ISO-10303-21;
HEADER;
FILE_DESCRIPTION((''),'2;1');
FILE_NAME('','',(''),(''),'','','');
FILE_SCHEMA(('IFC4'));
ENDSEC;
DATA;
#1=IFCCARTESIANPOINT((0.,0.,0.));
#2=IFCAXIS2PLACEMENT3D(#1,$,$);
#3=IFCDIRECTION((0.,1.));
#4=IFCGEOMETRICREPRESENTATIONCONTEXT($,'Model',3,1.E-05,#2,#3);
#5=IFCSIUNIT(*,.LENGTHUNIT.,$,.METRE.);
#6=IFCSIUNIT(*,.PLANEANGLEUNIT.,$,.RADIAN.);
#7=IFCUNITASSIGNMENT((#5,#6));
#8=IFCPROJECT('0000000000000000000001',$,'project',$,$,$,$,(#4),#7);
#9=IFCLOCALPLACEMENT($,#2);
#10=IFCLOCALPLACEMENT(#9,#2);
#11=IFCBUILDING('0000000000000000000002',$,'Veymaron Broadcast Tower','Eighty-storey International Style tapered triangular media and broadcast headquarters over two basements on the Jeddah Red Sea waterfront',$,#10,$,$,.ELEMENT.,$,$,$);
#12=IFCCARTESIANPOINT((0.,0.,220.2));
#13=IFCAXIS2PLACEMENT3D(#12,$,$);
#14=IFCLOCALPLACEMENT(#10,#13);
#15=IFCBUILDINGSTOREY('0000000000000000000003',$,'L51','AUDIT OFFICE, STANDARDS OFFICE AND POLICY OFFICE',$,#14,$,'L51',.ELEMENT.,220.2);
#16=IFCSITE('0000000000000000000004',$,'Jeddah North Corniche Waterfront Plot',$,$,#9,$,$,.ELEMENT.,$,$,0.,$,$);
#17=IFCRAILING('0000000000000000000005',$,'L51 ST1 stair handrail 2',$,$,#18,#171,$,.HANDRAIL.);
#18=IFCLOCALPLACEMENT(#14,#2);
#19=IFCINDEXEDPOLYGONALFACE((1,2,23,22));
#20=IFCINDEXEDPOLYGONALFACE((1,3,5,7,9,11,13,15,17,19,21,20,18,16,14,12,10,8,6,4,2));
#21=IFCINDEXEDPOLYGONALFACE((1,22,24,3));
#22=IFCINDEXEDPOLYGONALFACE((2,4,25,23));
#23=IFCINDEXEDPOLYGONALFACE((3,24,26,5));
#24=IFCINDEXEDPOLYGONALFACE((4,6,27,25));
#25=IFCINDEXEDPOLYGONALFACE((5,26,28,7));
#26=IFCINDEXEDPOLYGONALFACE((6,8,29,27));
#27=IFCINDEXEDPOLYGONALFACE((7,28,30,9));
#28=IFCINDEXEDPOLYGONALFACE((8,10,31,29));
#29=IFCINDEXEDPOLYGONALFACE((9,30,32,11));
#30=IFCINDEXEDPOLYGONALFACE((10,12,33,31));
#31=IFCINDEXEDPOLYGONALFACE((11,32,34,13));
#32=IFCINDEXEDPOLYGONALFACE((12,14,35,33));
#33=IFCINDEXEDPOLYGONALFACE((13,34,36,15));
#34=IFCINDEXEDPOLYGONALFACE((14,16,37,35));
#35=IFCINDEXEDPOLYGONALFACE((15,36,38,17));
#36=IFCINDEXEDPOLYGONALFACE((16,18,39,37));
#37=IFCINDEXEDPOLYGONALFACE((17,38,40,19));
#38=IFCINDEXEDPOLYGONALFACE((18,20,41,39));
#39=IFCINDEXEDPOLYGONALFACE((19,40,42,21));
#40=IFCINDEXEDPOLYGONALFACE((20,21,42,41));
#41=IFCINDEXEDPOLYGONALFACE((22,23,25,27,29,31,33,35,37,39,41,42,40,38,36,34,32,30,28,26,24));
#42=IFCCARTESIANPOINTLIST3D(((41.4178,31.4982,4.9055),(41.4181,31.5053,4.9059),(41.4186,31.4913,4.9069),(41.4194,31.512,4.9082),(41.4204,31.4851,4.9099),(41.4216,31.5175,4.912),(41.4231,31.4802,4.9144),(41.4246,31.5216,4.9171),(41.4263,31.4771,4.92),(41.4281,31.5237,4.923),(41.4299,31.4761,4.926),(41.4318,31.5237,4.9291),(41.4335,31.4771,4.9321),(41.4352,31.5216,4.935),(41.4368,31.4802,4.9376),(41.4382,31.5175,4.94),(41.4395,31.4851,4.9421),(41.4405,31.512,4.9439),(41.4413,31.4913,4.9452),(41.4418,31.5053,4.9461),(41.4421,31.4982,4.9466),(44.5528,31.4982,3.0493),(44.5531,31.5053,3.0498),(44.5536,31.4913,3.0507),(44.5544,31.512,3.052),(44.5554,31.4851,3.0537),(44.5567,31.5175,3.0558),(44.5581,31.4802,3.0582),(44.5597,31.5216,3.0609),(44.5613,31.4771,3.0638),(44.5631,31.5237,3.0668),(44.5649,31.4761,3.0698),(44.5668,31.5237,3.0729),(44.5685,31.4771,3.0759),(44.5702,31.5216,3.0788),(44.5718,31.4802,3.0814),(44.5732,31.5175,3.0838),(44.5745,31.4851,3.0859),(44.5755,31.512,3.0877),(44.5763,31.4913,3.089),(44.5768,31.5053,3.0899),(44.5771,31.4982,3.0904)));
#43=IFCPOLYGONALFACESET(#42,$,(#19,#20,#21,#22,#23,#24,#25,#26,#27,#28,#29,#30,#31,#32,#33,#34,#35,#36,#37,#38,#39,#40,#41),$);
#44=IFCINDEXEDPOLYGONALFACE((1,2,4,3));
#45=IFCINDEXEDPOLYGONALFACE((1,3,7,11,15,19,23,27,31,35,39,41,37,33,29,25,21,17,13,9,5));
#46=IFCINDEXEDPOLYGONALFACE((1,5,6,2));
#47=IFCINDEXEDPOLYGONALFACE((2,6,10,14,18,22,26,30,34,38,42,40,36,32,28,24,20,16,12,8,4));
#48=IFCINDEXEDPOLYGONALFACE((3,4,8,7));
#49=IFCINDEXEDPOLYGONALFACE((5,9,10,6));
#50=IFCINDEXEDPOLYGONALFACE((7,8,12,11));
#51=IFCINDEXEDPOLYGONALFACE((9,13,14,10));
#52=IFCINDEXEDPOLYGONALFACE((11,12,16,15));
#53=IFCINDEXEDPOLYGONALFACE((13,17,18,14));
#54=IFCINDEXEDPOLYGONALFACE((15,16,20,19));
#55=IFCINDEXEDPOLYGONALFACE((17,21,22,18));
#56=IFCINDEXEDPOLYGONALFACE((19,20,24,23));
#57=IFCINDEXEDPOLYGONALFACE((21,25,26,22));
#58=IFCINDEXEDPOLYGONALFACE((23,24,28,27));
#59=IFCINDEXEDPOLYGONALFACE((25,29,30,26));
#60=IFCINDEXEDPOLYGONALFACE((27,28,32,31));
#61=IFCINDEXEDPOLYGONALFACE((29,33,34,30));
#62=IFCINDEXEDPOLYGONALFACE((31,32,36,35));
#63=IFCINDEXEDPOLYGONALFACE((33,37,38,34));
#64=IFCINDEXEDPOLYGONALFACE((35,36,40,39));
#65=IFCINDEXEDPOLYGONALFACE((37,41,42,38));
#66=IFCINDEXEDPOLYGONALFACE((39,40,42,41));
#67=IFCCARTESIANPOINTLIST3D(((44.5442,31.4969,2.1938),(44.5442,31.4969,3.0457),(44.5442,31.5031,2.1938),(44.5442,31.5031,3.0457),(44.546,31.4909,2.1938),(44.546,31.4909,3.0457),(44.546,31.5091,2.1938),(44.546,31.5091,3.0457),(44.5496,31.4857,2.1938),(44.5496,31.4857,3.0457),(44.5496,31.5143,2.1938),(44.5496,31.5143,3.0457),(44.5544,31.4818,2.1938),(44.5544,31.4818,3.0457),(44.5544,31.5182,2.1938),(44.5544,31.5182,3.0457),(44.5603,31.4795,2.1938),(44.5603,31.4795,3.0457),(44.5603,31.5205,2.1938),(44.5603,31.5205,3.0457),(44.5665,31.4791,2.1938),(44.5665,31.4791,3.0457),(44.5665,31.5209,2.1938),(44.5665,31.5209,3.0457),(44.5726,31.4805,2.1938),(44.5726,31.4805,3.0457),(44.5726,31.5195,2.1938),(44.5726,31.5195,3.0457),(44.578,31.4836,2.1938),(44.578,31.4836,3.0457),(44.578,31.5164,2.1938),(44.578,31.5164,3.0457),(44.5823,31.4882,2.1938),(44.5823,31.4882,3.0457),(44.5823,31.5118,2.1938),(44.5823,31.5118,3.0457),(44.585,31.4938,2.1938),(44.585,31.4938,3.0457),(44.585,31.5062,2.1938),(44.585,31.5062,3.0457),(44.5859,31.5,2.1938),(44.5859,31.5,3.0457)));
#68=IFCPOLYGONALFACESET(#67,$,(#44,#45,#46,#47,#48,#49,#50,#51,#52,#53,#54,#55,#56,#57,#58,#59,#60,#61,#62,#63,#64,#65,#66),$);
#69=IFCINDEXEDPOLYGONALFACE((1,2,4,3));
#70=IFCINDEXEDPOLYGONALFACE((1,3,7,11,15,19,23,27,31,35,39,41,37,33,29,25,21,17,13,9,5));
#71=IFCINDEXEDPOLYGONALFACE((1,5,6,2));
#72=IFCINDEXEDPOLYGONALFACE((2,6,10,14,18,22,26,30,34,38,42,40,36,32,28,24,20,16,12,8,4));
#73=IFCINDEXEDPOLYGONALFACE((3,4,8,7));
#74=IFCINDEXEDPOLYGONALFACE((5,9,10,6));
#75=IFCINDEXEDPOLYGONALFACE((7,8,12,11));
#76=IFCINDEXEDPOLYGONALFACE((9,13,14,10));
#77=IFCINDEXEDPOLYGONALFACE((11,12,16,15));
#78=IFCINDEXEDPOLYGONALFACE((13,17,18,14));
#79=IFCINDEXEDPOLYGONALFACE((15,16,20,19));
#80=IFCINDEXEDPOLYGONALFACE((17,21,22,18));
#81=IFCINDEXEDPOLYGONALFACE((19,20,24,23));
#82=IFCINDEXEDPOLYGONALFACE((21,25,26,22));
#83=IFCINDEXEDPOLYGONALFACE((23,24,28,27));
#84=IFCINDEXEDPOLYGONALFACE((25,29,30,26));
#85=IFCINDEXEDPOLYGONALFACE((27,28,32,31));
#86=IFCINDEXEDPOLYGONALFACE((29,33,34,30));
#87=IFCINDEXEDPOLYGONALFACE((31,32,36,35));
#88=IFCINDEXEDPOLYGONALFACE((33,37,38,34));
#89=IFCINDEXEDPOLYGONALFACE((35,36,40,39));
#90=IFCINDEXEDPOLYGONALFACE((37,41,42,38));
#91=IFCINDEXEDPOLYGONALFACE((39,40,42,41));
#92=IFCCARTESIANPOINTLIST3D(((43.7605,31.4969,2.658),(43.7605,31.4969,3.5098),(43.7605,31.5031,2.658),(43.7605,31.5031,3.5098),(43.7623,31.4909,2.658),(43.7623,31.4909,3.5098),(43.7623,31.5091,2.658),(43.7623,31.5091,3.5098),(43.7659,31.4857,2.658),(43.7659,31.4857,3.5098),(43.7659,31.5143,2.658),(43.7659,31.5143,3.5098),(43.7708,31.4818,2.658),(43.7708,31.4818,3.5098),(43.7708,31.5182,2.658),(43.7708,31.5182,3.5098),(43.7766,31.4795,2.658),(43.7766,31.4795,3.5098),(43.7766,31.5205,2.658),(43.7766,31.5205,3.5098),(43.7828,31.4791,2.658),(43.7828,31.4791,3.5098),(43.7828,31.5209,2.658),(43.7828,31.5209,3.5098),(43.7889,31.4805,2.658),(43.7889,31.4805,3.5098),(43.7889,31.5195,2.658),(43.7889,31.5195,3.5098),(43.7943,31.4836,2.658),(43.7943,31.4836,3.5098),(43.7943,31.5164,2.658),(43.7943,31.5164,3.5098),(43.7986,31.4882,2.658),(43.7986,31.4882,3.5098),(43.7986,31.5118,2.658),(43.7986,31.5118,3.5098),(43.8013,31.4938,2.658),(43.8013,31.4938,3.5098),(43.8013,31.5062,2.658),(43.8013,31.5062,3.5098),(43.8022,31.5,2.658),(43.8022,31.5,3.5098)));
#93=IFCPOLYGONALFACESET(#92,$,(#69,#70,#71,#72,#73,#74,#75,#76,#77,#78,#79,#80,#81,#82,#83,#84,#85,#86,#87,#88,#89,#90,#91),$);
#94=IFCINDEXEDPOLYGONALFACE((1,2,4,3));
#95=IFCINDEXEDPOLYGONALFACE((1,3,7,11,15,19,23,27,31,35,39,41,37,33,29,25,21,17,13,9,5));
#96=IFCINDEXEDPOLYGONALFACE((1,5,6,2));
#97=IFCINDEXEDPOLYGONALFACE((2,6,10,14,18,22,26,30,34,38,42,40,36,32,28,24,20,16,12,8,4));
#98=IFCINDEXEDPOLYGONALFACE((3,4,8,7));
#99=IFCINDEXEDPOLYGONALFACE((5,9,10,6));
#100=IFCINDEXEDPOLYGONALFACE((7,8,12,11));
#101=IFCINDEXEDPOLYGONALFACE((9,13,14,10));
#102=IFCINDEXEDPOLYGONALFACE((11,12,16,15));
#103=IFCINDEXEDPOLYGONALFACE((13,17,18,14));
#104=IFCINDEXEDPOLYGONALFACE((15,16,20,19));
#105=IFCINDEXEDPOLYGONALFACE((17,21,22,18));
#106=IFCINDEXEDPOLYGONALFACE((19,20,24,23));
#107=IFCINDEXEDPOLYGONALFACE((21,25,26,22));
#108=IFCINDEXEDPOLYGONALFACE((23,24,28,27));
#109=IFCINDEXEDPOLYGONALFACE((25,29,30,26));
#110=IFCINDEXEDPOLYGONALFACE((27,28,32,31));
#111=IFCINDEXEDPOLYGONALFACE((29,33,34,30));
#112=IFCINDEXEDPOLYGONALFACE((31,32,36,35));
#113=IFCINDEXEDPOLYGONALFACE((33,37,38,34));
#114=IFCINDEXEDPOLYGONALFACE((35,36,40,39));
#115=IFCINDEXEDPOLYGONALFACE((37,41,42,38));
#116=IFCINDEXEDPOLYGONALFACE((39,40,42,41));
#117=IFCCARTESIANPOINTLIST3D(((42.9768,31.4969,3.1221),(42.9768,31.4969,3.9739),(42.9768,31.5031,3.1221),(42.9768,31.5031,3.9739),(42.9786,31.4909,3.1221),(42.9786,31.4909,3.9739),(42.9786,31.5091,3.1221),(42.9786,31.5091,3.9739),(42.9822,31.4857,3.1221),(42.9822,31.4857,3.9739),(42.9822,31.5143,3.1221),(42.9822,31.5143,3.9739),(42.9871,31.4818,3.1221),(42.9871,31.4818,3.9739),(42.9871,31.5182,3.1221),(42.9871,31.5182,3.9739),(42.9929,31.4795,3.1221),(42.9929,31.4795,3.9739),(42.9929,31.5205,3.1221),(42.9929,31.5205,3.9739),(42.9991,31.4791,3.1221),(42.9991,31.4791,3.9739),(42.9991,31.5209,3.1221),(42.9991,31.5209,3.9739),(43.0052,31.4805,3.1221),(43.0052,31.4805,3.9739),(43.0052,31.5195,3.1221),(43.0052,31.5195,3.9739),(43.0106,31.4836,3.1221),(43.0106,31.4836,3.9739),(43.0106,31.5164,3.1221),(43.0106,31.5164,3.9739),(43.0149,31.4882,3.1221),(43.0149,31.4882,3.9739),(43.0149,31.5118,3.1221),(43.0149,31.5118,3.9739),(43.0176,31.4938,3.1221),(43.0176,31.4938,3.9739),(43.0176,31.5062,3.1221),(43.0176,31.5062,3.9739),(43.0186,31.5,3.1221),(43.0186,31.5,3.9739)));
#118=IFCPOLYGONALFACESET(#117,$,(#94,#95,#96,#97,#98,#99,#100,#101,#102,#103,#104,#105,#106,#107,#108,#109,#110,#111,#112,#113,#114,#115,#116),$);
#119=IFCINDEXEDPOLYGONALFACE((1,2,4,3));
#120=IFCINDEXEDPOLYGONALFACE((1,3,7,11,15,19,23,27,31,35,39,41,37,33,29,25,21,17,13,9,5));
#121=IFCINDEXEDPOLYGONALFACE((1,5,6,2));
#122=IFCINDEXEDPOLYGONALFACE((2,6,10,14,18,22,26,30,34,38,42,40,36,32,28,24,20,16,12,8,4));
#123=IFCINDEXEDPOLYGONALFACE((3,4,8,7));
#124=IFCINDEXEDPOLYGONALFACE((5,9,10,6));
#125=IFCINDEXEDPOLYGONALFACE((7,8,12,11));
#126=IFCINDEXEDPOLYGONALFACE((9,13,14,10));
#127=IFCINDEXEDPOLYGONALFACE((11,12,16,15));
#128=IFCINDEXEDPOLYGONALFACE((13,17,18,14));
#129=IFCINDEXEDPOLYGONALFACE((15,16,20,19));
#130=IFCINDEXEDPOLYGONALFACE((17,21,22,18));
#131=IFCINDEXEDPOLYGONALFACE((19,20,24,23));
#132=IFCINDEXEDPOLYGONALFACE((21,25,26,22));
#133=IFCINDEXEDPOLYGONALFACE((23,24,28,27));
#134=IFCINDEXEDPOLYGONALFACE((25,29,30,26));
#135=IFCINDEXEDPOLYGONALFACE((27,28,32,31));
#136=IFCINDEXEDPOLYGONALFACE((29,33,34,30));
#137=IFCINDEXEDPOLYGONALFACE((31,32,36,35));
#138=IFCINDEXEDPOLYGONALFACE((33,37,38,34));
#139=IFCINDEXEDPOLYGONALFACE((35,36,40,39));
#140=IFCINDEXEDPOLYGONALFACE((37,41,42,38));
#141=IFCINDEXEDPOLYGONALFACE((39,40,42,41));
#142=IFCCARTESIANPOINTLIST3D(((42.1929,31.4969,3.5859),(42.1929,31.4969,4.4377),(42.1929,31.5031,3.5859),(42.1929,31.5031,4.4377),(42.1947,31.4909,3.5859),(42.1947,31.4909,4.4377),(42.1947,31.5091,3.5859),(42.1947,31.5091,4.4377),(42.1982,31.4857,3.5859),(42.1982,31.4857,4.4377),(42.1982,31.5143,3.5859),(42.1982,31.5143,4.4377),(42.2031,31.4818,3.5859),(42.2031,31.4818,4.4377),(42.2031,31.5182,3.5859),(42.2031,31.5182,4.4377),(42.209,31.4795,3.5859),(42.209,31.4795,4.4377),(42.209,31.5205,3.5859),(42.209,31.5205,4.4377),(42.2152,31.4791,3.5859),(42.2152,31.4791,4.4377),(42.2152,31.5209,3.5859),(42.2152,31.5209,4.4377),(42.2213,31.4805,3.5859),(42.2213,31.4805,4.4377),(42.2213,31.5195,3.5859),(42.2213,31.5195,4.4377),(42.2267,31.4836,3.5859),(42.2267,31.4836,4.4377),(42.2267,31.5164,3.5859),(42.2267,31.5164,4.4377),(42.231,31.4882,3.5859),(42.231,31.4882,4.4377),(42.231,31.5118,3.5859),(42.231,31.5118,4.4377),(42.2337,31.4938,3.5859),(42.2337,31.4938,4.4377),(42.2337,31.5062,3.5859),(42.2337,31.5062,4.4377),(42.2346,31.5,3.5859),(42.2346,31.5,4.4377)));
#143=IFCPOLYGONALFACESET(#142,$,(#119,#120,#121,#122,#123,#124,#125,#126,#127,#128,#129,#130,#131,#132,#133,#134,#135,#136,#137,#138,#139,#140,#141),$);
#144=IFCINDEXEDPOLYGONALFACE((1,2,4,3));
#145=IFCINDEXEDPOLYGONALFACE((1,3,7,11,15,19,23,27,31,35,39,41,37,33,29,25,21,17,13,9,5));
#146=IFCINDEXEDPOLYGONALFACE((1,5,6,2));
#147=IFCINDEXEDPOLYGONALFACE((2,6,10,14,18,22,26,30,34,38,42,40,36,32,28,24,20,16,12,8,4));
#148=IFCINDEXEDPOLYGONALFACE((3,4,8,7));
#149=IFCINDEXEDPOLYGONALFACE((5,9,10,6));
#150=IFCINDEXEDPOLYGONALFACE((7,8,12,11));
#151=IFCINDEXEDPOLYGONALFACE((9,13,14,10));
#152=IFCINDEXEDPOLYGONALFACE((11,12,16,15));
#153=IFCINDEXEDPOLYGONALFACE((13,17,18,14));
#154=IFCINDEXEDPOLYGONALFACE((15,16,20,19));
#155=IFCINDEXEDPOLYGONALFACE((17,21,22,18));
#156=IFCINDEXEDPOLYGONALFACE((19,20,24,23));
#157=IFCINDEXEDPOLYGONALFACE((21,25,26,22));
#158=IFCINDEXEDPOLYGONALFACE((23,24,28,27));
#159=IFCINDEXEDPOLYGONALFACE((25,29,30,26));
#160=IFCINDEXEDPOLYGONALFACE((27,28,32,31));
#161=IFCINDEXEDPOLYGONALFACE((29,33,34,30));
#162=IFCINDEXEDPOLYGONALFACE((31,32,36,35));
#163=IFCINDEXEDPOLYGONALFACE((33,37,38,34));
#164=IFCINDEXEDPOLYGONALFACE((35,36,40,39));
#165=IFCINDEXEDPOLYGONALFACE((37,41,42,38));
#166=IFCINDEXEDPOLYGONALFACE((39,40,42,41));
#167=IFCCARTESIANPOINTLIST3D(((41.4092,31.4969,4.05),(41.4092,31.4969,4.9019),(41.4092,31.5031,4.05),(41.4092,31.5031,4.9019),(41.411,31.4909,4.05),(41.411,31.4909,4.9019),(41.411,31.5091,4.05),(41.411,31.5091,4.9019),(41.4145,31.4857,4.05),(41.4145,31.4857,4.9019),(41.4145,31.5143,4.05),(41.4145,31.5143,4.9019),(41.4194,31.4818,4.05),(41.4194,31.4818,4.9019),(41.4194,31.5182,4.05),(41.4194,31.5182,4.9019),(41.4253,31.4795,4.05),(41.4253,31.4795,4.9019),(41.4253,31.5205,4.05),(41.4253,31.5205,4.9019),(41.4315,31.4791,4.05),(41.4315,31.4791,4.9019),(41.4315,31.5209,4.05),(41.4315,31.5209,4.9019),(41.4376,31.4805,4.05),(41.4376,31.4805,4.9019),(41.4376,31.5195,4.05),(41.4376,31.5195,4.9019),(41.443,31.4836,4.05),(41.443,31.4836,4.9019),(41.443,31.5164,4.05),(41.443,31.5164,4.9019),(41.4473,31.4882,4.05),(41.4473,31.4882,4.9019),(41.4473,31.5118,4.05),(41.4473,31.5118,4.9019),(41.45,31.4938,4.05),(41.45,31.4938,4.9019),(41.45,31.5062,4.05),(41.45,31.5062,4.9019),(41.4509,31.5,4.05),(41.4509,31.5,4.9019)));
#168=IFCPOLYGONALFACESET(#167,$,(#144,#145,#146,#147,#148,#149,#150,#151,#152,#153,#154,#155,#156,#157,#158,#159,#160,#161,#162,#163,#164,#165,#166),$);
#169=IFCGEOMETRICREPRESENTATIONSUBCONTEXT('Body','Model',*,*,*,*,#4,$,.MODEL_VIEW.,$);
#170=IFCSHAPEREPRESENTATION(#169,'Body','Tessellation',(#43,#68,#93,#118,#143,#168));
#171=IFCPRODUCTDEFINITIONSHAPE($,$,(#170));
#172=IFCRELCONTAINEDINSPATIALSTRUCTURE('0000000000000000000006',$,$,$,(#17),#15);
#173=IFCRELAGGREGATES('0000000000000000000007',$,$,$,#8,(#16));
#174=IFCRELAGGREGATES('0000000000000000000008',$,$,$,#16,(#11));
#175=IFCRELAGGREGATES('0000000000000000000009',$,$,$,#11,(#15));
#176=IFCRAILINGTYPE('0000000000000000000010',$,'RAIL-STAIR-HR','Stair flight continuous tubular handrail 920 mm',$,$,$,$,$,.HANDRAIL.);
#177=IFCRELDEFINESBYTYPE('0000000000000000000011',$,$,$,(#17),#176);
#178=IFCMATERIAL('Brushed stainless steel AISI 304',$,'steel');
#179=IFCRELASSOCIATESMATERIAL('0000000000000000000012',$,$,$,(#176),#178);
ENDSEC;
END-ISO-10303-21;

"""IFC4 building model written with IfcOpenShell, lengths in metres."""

from ifc_helpers import new_model, si_unit, direction, frame, origin, origin_2d, place, context, subcontext, project, spatial, circle, extrude, material, type_object, element, save


model = new_model("IFC4")

# Units and contexts
model_context = context("Model", 3, precision=1e-05, world=origin(), true_north=direction((0.0, 1.0)))
body_context = subcontext(model_context, "Body", "Model", "MODEL_VIEW")
ifc_project = project(units=[si_unit("LENGTHUNIT", "METRE"), si_unit("PLANEANGLEUNIT", "RADIAN")], contexts=[model_context])

# Site, building, storey
site_placement = place(None, origin())
site = spatial("IfcSite", under=ifc_project, at=site_placement, Name="Jeddah North Corniche Waterfront Plot", CompositionType="ELEMENT", RefElevation=0.0)
building_placement = place(site_placement, origin())
building = spatial("IfcBuilding", under=site, at=building_placement, Name="Veymaron Broadcast Tower", Description="Eighty-storey International Style tapered triangular media and broadcast headquarters over two basements on the Jeddah Red Sea waterfront", CompositionType="ELEMENT")
storey_placement = place(building_placement, frame((0.0, 0.0, 220.2)))
storey = spatial("IfcBuildingStorey", under=building, at=storey_placement, Name="L51", Description="AUDIT OFFICE, STANDARDS OFFICE AND POLICY OFFICE", LongName="L51", CompositionType="ELEMENT", Elevation=220.2)

# Shared definitions
ifc_material_1 = material(Name="Brushed stainless steel AISI 304", Category="steel")

# Railing
railing_type_1 = type_object("IfcRailingType", Name="RAIL-STAIR-HR", Description="Stair flight continuous tubular handrail 920 mm", PredefinedType="HANDRAIL", material=ifc_material_1)
railing_1_placement = place(storey_placement, frame((44.5649, 31.5, 2.1938)))
element("IfcRailing", 1, at=railing_1_placement, inside=storey, type_object=railing_type_1, Name="L51 ST1 stair handrail 2", PredefinedType="HANDRAIL", context=body_context, shape_type="SweptSolid", body=[
    extrude(circle(Radius=0.0239, at=origin_2d()), frame((0.0, 0.0, 0.876), z_axis=(-0.860482, 0.0, 0.509481), x_axis=(0.0, -1.0, 0.0)), (0.0, 0.0, 1.0), 3.6433),
    extrude(circle(Radius=0.021, at=origin_2d()), origin(), (0.0, 0.0, 1.0), 0.8518),
    extrude(circle(Radius=0.021, at=origin_2d()), frame((-0.7837, 0.0, 0.4641)), (0.0, 0.0, 1.0), 0.8518),
    extrude(circle(Radius=0.021, at=origin_2d()), frame((-1.5674, 0.0, 0.9282)), (0.0, 0.0, 1.0), 0.8518),
    extrude(circle(Radius=0.021, at=origin_2d()), frame((-2.3513, 0.0, 1.3921)), (0.0, 0.0, 1.0), 0.8518),
    extrude(circle(Radius=0.021, at=origin_2d()), frame((-3.135, 0.0, 1.8562)), (0.0, 0.0, 1.0), 0.8518),
])

save(model, "model.ifc")
